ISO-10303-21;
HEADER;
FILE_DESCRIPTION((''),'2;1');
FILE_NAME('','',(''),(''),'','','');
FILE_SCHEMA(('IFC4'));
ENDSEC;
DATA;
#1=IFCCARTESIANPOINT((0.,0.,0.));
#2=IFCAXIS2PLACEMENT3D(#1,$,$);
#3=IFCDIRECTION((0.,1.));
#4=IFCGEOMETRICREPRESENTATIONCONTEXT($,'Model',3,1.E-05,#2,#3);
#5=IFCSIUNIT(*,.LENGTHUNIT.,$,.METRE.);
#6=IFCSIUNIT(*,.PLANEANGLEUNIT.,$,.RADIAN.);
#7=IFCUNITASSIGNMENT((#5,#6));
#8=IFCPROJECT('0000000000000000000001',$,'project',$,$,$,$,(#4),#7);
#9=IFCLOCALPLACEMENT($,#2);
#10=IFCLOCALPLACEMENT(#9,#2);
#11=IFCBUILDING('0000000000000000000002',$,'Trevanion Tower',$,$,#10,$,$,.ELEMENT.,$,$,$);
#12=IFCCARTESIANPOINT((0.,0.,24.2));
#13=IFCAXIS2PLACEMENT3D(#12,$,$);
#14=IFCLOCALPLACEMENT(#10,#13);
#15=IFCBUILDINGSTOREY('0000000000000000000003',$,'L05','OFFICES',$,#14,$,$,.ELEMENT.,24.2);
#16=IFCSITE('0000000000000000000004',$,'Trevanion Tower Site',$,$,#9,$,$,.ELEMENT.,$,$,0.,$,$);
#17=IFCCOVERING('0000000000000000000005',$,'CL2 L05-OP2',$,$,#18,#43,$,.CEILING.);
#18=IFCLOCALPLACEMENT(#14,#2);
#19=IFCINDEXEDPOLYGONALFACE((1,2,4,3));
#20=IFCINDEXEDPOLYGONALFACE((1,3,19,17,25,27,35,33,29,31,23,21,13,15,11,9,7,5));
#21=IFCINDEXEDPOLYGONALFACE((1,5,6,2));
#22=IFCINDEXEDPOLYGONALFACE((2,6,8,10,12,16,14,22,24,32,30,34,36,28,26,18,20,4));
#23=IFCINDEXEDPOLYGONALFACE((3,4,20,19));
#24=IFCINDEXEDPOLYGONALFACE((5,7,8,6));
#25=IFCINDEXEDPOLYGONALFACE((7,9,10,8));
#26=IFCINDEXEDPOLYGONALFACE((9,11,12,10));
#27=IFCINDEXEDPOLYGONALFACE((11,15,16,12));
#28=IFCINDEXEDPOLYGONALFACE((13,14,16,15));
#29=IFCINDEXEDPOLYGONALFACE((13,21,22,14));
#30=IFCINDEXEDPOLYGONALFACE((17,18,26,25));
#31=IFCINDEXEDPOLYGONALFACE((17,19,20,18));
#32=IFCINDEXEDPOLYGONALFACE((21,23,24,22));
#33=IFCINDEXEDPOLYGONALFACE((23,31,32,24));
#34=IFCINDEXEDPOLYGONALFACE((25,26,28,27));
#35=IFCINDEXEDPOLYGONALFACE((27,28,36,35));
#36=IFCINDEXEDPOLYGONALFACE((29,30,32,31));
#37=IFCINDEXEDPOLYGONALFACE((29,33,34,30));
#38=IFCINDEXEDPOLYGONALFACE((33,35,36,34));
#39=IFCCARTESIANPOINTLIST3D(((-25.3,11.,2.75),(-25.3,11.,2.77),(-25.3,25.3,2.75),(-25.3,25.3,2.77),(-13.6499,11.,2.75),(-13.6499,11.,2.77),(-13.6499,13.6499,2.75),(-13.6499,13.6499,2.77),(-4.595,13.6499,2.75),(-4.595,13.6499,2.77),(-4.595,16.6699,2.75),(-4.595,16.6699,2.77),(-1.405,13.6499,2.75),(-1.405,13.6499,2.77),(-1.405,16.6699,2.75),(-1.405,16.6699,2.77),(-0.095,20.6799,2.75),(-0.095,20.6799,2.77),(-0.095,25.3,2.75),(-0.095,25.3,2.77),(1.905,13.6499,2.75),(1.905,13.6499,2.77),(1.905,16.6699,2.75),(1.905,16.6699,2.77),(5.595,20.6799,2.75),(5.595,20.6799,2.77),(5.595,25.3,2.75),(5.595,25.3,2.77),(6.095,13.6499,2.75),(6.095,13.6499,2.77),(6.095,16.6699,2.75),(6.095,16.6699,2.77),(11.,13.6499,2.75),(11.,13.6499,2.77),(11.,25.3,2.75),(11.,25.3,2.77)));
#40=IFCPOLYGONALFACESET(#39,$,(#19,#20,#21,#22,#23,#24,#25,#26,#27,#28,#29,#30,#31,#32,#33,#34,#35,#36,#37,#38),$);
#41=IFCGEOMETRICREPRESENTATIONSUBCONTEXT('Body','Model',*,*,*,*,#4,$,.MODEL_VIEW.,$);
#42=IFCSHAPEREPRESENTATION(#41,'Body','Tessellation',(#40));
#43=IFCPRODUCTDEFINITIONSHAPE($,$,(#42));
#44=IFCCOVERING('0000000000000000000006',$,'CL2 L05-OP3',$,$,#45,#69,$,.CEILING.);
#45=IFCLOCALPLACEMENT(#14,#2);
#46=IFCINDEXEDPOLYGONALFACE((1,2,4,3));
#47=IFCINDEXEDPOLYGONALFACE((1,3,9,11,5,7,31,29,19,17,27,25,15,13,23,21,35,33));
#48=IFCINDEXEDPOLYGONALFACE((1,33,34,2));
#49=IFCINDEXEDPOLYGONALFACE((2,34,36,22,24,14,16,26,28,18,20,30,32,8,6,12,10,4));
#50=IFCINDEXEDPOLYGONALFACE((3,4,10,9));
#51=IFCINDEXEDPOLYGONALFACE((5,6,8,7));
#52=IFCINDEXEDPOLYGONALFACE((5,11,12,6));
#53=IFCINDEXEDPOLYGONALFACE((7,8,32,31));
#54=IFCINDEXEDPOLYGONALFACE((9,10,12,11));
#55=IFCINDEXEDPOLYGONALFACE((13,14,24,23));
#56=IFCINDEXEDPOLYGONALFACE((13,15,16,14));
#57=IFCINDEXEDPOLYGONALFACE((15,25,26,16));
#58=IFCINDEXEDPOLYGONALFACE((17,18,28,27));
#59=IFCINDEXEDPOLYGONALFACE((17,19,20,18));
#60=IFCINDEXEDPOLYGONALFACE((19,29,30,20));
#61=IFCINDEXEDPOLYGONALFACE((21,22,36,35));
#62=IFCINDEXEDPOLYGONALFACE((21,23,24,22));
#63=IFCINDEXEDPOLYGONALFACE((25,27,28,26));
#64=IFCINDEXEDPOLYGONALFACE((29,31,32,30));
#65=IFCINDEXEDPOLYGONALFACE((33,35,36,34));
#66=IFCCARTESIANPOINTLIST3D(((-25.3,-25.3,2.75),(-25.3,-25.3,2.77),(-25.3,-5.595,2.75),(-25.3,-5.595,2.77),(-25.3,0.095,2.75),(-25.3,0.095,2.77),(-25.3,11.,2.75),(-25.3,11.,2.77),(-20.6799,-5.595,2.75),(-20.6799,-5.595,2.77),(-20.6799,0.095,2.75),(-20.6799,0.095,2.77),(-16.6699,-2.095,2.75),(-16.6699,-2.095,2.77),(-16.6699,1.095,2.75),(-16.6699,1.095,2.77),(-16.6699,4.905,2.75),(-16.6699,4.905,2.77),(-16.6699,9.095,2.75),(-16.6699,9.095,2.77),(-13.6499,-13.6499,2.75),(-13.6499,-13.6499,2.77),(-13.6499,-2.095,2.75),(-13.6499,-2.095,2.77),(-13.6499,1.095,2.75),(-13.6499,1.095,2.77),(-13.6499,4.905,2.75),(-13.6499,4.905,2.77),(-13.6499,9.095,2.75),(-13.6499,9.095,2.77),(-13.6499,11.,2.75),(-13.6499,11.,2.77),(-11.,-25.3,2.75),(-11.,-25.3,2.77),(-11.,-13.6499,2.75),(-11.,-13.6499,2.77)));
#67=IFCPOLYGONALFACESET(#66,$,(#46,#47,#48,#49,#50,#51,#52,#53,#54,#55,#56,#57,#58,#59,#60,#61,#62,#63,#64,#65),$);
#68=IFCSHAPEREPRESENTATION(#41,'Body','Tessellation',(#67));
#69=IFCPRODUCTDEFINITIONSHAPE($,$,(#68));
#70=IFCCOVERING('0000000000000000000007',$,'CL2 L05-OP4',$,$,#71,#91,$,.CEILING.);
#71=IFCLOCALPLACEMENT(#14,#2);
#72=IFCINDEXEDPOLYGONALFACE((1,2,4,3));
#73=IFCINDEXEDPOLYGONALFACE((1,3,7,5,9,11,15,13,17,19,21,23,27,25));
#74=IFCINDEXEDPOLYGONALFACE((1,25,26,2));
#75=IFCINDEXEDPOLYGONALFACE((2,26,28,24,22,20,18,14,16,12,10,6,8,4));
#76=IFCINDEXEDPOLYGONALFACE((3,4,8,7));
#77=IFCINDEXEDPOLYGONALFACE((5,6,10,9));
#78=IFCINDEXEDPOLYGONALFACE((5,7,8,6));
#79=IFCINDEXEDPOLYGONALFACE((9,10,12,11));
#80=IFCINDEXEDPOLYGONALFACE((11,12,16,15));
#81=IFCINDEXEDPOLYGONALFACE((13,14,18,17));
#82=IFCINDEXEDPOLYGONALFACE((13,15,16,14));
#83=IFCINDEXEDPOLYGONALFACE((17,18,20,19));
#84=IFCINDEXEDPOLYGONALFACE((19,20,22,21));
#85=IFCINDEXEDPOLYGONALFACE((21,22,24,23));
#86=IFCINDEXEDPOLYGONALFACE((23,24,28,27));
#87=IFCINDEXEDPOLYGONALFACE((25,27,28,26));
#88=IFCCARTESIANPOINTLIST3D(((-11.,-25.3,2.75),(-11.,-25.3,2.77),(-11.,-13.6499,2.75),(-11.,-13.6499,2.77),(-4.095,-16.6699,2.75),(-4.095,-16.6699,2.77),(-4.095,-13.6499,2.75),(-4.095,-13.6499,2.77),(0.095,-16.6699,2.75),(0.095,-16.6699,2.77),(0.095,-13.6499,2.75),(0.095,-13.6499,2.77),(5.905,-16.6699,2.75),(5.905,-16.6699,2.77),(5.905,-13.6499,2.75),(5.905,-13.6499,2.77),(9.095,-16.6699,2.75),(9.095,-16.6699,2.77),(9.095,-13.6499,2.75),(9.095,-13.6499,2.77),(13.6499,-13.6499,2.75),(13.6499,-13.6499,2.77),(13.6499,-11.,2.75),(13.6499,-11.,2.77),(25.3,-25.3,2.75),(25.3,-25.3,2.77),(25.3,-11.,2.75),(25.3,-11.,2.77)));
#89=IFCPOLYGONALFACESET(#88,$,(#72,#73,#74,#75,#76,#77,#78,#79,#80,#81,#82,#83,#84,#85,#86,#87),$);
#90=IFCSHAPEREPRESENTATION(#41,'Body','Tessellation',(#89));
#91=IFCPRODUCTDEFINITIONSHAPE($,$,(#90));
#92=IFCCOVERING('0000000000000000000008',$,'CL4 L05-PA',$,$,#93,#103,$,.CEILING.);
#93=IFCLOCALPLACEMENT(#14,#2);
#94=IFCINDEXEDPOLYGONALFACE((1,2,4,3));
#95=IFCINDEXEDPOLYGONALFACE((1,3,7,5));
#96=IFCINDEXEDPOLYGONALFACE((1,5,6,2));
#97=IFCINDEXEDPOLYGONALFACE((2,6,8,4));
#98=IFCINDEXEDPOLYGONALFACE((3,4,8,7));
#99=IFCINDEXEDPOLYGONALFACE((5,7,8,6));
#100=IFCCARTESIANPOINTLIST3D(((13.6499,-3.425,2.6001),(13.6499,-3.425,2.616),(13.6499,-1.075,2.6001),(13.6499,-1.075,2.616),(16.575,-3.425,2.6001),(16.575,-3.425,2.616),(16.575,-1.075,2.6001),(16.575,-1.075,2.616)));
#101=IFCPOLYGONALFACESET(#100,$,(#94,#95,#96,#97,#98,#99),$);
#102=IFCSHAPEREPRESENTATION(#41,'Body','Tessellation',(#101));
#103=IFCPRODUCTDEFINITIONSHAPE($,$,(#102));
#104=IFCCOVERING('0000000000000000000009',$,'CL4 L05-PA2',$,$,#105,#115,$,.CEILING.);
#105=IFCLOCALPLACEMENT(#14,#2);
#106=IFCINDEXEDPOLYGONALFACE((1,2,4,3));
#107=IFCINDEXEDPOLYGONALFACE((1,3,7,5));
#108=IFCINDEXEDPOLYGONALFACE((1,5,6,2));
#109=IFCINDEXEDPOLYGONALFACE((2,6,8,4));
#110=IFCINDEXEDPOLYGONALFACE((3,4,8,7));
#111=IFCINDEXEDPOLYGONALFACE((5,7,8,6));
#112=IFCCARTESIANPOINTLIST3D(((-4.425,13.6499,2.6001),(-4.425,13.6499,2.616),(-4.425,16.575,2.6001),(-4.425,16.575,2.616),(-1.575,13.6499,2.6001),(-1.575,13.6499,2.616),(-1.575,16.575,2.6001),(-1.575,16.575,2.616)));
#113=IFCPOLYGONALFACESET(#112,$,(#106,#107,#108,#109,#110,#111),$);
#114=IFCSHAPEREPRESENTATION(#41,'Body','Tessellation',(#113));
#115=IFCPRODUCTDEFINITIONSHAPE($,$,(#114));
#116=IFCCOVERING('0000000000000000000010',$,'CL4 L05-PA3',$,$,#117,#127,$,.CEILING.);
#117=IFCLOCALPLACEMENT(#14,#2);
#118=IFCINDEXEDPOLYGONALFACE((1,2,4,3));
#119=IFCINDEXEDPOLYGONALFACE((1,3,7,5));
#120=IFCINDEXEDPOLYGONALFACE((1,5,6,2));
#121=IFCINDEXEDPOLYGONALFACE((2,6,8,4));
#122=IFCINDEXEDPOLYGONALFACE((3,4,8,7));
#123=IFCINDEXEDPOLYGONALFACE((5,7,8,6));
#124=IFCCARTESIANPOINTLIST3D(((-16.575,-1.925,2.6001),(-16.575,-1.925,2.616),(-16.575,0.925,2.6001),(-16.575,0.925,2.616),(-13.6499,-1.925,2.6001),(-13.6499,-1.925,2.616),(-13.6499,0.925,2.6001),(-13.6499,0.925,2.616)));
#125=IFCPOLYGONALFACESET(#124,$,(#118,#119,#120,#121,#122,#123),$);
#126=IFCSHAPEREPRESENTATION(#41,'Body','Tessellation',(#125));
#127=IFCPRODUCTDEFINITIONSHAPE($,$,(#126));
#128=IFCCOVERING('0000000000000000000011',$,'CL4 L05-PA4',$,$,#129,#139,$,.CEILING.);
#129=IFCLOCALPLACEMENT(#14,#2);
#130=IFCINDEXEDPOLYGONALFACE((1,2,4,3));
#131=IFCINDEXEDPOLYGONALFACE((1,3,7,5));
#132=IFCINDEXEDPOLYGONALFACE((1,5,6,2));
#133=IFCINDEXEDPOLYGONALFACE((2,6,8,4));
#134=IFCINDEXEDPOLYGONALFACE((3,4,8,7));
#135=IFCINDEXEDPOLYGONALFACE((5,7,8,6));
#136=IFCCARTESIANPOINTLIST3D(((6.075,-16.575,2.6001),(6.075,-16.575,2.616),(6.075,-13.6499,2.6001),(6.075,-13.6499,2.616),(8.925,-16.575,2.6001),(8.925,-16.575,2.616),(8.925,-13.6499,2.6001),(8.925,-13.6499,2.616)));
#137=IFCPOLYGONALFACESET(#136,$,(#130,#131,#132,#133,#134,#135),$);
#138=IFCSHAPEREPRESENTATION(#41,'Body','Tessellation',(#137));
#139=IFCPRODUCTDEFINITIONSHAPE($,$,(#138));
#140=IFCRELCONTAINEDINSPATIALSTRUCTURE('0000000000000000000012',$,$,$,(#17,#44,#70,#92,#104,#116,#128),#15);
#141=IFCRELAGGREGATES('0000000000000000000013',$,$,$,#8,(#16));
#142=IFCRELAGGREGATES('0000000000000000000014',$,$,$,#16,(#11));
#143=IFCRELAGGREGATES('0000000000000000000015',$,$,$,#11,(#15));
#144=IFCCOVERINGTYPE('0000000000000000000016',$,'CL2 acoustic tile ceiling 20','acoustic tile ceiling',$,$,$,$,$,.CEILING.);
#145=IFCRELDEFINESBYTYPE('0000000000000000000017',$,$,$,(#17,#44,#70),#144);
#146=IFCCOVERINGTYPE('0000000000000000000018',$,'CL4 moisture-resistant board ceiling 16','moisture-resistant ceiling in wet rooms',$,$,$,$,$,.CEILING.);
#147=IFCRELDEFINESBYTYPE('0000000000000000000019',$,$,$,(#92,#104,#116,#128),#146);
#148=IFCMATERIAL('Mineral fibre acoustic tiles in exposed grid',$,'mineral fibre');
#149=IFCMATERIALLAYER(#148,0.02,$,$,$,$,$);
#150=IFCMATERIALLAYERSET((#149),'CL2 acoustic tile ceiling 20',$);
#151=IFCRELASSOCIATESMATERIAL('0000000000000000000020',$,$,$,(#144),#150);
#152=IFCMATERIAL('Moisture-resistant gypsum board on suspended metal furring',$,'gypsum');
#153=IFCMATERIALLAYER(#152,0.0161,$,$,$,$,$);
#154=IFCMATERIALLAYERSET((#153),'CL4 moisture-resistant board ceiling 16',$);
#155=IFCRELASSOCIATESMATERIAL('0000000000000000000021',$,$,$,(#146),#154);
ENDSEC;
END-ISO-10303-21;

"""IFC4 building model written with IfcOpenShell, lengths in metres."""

from ifc_helpers import new_model, si_unit, direction, frame, origin, place, context, subcontext, project, spatial, polyline, outline, extrude, material, layer, layer_set, type_object, element, save


model = new_model("IFC4")

# Units and contexts
model_context = context("Model", 3, precision=1e-05, world=origin(), true_north=direction((0.0, 1.0)))
body_context = subcontext(model_context, "Body", "Model", "MODEL_VIEW")
ifc_project = project(units=[si_unit("LENGTHUNIT", "METRE"), si_unit("PLANEANGLEUNIT", "RADIAN")], contexts=[model_context])

# Site, building, storey
site_placement = place(None, origin())
site = spatial("IfcSite", under=ifc_project, at=site_placement, Name="Trevanion Tower Site", CompositionType="ELEMENT", RefElevation=0.0)
building_placement = place(site_placement, origin())
building = spatial("IfcBuilding", under=site, at=building_placement, Name="Trevanion Tower", CompositionType="ELEMENT")
storey_placement = place(building_placement, frame((0.0, 0.0, 24.2)))
storey = spatial("IfcBuildingStorey", under=building, at=storey_placement, Name="L05", Description="OFFICES", CompositionType="ELEMENT", Elevation=24.2)

# Coverings
ifc_material_1 = material(Name="Mineral fibre acoustic tiles in exposed grid", Category="mineral fibre")
ifc_layer_1 = layer(ifc_material_1, 0.02)
ifc_layer_set_1 = layer_set([ifc_layer_1], Name="CL2 acoustic tile ceiling 20")
covering_type_1 = type_object("IfcCoveringType", Name="CL2 acoustic tile ceiling 20", Description="acoustic tile ceiling", PredefinedType="CEILING", material=ifc_layer_set_1)
covering_1_placement = place(storey_placement, frame((0.0, 0.0, 2.75)))
element("IfcCovering", 1, at=covering_1_placement, inside=storey, type_object=covering_type_1, Name="CL2 L05-OP2", PredefinedType="CEILING", context=body_context, shape_type="SweptSolid", body=[
    extrude(outline(polyline([(6.095, 13.6499), (6.095, 16.6699), (1.905, 16.6699), (1.905, 13.6499), (-1.405, 13.6499), (-1.405, 16.6699), (-4.595, 16.6699), (-4.595, 13.6499), (-13.6499, 13.6499), (-13.6499, 11.0), (-25.3, 11.0), (-25.3, 25.3), (-0.095, 25.3), (-0.095, 20.6799), (5.595, 20.6799), (5.595, 25.3), (11.0, 25.3), (11.0, 13.6499), (6.095, 13.6499)])), origin(), (0.0, 0.0, 1.0), 0.02),
])
covering_2_placement = place(storey_placement, frame((0.0, 0.0, 2.75)))
element("IfcCovering", 2, at=covering_2_placement, inside=storey, type_object=covering_type_1, Name="CL2 L05-OP3", PredefinedType="CEILING", context=body_context, shape_type="SweptSolid", body=[
    extrude(outline(polyline([(-13.6499, 9.095), (-16.6699, 9.095), (-16.6699, 4.905), (-13.6499, 4.905), (-13.6499, 1.095), (-16.6699, 1.095), (-16.6699, -2.095), (-13.6499, -2.095), (-13.6499, -13.6499), (-11.0, -13.6499), (-11.0, -25.3), (-25.3, -25.3), (-25.3, -5.595), (-20.6799, -5.595), (-20.6799, 0.095), (-25.3, 0.095), (-25.3, 11.0), (-13.6499, 11.0), (-13.6499, 9.095)])), origin(), (0.0, 0.0, 1.0), 0.02),
])
covering_3_placement = place(storey_placement, frame((0.0, 0.0, 2.75)))
element("IfcCovering", 3, at=covering_3_placement, inside=storey, type_object=covering_type_1, Name="CL2 L05-OP4", PredefinedType="CEILING", context=body_context, shape_type="SweptSolid", body=[
    extrude(outline(polyline([(-4.095, -13.6499), (-4.095, -16.6699), (0.095, -16.6699), (0.095, -13.6499), (5.905, -13.6499), (5.905, -16.6699), (9.095, -16.6699), (9.095, -13.6499), (13.6499, -13.6499), (13.6499, -11.0), (25.3, -11.0), (25.3, -25.3), (-11.0, -25.3), (-11.0, -13.6499), (-4.095, -13.6499)])), origin(), (0.0, 0.0, 1.0), 0.02),
])
ifc_material_2 = material(Name="Moisture-resistant gypsum board on suspended metal furring", Category="gypsum")
ifc_layer_2 = layer(ifc_material_2, 0.0161)
ifc_layer_set_2 = layer_set([ifc_layer_2], Name="CL4 moisture-resistant board ceiling 16")
covering_type_2 = type_object("IfcCoveringType", Name="CL4 moisture-resistant board ceiling 16", Description="moisture-resistant ceiling in wet rooms", PredefinedType="CEILING", material=ifc_layer_set_2)
covering_4_placement = place(storey_placement, frame((0.0, 0.0, 2.6001)))
element("IfcCovering", 4, at=covering_4_placement, inside=storey, type_object=covering_type_2, Name="CL4 L05-PA", PredefinedType="CEILING", context=body_context, shape_type="SweptSolid", body=[
    extrude(outline(polyline([(13.6499, -3.425), (13.6499, -1.075), (16.575, -1.075), (16.575, -3.425), (13.6499, -3.425)])), origin(), (0.0, 0.0, 1.0), 0.0159),
])
covering_5_placement = place(storey_placement, frame((0.0, 0.0, 2.6001)))
element("IfcCovering", 5, at=covering_5_placement, inside=storey, type_object=covering_type_2, Name="CL4 L05-PA2", PredefinedType="CEILING", context=body_context, shape_type="SweptSolid", body=[
    extrude(outline(polyline([(-1.575, 13.6499), (-4.425, 13.6499), (-4.425, 16.575), (-1.575, 16.575), (-1.575, 13.6499)])), origin(), (0.0, 0.0, 1.0), 0.0159),
])
covering_6_placement = place(storey_placement, frame((0.0, 0.0, 2.6001)))
element("IfcCovering", 6, at=covering_6_placement, inside=storey, type_object=covering_type_2, Name="CL4 L05-PA3", PredefinedType="CEILING", context=body_context, shape_type="SweptSolid", body=[
    extrude(outline(polyline([(-13.6499, 0.925), (-13.6499, -1.925), (-16.575, -1.925), (-16.575, 0.925), (-13.6499, 0.925)])), origin(), (0.0, 0.0, 1.0), 0.0159),
])
covering_7_placement = place(storey_placement, frame((0.0, 0.0, 2.6001)))
element("IfcCovering", 7, at=covering_7_placement, inside=storey, type_object=covering_type_2, Name="CL4 L05-PA4", PredefinedType="CEILING", context=body_context, shape_type="SweptSolid", body=[
    extrude(outline(polyline([(6.075, -13.6499), (8.925, -13.6499), (8.925, -16.575), (6.075, -16.575), (6.075, -13.6499)])), origin(), (0.0, 0.0, 1.0), 0.0159),
])

save(model, "model.ifc")
